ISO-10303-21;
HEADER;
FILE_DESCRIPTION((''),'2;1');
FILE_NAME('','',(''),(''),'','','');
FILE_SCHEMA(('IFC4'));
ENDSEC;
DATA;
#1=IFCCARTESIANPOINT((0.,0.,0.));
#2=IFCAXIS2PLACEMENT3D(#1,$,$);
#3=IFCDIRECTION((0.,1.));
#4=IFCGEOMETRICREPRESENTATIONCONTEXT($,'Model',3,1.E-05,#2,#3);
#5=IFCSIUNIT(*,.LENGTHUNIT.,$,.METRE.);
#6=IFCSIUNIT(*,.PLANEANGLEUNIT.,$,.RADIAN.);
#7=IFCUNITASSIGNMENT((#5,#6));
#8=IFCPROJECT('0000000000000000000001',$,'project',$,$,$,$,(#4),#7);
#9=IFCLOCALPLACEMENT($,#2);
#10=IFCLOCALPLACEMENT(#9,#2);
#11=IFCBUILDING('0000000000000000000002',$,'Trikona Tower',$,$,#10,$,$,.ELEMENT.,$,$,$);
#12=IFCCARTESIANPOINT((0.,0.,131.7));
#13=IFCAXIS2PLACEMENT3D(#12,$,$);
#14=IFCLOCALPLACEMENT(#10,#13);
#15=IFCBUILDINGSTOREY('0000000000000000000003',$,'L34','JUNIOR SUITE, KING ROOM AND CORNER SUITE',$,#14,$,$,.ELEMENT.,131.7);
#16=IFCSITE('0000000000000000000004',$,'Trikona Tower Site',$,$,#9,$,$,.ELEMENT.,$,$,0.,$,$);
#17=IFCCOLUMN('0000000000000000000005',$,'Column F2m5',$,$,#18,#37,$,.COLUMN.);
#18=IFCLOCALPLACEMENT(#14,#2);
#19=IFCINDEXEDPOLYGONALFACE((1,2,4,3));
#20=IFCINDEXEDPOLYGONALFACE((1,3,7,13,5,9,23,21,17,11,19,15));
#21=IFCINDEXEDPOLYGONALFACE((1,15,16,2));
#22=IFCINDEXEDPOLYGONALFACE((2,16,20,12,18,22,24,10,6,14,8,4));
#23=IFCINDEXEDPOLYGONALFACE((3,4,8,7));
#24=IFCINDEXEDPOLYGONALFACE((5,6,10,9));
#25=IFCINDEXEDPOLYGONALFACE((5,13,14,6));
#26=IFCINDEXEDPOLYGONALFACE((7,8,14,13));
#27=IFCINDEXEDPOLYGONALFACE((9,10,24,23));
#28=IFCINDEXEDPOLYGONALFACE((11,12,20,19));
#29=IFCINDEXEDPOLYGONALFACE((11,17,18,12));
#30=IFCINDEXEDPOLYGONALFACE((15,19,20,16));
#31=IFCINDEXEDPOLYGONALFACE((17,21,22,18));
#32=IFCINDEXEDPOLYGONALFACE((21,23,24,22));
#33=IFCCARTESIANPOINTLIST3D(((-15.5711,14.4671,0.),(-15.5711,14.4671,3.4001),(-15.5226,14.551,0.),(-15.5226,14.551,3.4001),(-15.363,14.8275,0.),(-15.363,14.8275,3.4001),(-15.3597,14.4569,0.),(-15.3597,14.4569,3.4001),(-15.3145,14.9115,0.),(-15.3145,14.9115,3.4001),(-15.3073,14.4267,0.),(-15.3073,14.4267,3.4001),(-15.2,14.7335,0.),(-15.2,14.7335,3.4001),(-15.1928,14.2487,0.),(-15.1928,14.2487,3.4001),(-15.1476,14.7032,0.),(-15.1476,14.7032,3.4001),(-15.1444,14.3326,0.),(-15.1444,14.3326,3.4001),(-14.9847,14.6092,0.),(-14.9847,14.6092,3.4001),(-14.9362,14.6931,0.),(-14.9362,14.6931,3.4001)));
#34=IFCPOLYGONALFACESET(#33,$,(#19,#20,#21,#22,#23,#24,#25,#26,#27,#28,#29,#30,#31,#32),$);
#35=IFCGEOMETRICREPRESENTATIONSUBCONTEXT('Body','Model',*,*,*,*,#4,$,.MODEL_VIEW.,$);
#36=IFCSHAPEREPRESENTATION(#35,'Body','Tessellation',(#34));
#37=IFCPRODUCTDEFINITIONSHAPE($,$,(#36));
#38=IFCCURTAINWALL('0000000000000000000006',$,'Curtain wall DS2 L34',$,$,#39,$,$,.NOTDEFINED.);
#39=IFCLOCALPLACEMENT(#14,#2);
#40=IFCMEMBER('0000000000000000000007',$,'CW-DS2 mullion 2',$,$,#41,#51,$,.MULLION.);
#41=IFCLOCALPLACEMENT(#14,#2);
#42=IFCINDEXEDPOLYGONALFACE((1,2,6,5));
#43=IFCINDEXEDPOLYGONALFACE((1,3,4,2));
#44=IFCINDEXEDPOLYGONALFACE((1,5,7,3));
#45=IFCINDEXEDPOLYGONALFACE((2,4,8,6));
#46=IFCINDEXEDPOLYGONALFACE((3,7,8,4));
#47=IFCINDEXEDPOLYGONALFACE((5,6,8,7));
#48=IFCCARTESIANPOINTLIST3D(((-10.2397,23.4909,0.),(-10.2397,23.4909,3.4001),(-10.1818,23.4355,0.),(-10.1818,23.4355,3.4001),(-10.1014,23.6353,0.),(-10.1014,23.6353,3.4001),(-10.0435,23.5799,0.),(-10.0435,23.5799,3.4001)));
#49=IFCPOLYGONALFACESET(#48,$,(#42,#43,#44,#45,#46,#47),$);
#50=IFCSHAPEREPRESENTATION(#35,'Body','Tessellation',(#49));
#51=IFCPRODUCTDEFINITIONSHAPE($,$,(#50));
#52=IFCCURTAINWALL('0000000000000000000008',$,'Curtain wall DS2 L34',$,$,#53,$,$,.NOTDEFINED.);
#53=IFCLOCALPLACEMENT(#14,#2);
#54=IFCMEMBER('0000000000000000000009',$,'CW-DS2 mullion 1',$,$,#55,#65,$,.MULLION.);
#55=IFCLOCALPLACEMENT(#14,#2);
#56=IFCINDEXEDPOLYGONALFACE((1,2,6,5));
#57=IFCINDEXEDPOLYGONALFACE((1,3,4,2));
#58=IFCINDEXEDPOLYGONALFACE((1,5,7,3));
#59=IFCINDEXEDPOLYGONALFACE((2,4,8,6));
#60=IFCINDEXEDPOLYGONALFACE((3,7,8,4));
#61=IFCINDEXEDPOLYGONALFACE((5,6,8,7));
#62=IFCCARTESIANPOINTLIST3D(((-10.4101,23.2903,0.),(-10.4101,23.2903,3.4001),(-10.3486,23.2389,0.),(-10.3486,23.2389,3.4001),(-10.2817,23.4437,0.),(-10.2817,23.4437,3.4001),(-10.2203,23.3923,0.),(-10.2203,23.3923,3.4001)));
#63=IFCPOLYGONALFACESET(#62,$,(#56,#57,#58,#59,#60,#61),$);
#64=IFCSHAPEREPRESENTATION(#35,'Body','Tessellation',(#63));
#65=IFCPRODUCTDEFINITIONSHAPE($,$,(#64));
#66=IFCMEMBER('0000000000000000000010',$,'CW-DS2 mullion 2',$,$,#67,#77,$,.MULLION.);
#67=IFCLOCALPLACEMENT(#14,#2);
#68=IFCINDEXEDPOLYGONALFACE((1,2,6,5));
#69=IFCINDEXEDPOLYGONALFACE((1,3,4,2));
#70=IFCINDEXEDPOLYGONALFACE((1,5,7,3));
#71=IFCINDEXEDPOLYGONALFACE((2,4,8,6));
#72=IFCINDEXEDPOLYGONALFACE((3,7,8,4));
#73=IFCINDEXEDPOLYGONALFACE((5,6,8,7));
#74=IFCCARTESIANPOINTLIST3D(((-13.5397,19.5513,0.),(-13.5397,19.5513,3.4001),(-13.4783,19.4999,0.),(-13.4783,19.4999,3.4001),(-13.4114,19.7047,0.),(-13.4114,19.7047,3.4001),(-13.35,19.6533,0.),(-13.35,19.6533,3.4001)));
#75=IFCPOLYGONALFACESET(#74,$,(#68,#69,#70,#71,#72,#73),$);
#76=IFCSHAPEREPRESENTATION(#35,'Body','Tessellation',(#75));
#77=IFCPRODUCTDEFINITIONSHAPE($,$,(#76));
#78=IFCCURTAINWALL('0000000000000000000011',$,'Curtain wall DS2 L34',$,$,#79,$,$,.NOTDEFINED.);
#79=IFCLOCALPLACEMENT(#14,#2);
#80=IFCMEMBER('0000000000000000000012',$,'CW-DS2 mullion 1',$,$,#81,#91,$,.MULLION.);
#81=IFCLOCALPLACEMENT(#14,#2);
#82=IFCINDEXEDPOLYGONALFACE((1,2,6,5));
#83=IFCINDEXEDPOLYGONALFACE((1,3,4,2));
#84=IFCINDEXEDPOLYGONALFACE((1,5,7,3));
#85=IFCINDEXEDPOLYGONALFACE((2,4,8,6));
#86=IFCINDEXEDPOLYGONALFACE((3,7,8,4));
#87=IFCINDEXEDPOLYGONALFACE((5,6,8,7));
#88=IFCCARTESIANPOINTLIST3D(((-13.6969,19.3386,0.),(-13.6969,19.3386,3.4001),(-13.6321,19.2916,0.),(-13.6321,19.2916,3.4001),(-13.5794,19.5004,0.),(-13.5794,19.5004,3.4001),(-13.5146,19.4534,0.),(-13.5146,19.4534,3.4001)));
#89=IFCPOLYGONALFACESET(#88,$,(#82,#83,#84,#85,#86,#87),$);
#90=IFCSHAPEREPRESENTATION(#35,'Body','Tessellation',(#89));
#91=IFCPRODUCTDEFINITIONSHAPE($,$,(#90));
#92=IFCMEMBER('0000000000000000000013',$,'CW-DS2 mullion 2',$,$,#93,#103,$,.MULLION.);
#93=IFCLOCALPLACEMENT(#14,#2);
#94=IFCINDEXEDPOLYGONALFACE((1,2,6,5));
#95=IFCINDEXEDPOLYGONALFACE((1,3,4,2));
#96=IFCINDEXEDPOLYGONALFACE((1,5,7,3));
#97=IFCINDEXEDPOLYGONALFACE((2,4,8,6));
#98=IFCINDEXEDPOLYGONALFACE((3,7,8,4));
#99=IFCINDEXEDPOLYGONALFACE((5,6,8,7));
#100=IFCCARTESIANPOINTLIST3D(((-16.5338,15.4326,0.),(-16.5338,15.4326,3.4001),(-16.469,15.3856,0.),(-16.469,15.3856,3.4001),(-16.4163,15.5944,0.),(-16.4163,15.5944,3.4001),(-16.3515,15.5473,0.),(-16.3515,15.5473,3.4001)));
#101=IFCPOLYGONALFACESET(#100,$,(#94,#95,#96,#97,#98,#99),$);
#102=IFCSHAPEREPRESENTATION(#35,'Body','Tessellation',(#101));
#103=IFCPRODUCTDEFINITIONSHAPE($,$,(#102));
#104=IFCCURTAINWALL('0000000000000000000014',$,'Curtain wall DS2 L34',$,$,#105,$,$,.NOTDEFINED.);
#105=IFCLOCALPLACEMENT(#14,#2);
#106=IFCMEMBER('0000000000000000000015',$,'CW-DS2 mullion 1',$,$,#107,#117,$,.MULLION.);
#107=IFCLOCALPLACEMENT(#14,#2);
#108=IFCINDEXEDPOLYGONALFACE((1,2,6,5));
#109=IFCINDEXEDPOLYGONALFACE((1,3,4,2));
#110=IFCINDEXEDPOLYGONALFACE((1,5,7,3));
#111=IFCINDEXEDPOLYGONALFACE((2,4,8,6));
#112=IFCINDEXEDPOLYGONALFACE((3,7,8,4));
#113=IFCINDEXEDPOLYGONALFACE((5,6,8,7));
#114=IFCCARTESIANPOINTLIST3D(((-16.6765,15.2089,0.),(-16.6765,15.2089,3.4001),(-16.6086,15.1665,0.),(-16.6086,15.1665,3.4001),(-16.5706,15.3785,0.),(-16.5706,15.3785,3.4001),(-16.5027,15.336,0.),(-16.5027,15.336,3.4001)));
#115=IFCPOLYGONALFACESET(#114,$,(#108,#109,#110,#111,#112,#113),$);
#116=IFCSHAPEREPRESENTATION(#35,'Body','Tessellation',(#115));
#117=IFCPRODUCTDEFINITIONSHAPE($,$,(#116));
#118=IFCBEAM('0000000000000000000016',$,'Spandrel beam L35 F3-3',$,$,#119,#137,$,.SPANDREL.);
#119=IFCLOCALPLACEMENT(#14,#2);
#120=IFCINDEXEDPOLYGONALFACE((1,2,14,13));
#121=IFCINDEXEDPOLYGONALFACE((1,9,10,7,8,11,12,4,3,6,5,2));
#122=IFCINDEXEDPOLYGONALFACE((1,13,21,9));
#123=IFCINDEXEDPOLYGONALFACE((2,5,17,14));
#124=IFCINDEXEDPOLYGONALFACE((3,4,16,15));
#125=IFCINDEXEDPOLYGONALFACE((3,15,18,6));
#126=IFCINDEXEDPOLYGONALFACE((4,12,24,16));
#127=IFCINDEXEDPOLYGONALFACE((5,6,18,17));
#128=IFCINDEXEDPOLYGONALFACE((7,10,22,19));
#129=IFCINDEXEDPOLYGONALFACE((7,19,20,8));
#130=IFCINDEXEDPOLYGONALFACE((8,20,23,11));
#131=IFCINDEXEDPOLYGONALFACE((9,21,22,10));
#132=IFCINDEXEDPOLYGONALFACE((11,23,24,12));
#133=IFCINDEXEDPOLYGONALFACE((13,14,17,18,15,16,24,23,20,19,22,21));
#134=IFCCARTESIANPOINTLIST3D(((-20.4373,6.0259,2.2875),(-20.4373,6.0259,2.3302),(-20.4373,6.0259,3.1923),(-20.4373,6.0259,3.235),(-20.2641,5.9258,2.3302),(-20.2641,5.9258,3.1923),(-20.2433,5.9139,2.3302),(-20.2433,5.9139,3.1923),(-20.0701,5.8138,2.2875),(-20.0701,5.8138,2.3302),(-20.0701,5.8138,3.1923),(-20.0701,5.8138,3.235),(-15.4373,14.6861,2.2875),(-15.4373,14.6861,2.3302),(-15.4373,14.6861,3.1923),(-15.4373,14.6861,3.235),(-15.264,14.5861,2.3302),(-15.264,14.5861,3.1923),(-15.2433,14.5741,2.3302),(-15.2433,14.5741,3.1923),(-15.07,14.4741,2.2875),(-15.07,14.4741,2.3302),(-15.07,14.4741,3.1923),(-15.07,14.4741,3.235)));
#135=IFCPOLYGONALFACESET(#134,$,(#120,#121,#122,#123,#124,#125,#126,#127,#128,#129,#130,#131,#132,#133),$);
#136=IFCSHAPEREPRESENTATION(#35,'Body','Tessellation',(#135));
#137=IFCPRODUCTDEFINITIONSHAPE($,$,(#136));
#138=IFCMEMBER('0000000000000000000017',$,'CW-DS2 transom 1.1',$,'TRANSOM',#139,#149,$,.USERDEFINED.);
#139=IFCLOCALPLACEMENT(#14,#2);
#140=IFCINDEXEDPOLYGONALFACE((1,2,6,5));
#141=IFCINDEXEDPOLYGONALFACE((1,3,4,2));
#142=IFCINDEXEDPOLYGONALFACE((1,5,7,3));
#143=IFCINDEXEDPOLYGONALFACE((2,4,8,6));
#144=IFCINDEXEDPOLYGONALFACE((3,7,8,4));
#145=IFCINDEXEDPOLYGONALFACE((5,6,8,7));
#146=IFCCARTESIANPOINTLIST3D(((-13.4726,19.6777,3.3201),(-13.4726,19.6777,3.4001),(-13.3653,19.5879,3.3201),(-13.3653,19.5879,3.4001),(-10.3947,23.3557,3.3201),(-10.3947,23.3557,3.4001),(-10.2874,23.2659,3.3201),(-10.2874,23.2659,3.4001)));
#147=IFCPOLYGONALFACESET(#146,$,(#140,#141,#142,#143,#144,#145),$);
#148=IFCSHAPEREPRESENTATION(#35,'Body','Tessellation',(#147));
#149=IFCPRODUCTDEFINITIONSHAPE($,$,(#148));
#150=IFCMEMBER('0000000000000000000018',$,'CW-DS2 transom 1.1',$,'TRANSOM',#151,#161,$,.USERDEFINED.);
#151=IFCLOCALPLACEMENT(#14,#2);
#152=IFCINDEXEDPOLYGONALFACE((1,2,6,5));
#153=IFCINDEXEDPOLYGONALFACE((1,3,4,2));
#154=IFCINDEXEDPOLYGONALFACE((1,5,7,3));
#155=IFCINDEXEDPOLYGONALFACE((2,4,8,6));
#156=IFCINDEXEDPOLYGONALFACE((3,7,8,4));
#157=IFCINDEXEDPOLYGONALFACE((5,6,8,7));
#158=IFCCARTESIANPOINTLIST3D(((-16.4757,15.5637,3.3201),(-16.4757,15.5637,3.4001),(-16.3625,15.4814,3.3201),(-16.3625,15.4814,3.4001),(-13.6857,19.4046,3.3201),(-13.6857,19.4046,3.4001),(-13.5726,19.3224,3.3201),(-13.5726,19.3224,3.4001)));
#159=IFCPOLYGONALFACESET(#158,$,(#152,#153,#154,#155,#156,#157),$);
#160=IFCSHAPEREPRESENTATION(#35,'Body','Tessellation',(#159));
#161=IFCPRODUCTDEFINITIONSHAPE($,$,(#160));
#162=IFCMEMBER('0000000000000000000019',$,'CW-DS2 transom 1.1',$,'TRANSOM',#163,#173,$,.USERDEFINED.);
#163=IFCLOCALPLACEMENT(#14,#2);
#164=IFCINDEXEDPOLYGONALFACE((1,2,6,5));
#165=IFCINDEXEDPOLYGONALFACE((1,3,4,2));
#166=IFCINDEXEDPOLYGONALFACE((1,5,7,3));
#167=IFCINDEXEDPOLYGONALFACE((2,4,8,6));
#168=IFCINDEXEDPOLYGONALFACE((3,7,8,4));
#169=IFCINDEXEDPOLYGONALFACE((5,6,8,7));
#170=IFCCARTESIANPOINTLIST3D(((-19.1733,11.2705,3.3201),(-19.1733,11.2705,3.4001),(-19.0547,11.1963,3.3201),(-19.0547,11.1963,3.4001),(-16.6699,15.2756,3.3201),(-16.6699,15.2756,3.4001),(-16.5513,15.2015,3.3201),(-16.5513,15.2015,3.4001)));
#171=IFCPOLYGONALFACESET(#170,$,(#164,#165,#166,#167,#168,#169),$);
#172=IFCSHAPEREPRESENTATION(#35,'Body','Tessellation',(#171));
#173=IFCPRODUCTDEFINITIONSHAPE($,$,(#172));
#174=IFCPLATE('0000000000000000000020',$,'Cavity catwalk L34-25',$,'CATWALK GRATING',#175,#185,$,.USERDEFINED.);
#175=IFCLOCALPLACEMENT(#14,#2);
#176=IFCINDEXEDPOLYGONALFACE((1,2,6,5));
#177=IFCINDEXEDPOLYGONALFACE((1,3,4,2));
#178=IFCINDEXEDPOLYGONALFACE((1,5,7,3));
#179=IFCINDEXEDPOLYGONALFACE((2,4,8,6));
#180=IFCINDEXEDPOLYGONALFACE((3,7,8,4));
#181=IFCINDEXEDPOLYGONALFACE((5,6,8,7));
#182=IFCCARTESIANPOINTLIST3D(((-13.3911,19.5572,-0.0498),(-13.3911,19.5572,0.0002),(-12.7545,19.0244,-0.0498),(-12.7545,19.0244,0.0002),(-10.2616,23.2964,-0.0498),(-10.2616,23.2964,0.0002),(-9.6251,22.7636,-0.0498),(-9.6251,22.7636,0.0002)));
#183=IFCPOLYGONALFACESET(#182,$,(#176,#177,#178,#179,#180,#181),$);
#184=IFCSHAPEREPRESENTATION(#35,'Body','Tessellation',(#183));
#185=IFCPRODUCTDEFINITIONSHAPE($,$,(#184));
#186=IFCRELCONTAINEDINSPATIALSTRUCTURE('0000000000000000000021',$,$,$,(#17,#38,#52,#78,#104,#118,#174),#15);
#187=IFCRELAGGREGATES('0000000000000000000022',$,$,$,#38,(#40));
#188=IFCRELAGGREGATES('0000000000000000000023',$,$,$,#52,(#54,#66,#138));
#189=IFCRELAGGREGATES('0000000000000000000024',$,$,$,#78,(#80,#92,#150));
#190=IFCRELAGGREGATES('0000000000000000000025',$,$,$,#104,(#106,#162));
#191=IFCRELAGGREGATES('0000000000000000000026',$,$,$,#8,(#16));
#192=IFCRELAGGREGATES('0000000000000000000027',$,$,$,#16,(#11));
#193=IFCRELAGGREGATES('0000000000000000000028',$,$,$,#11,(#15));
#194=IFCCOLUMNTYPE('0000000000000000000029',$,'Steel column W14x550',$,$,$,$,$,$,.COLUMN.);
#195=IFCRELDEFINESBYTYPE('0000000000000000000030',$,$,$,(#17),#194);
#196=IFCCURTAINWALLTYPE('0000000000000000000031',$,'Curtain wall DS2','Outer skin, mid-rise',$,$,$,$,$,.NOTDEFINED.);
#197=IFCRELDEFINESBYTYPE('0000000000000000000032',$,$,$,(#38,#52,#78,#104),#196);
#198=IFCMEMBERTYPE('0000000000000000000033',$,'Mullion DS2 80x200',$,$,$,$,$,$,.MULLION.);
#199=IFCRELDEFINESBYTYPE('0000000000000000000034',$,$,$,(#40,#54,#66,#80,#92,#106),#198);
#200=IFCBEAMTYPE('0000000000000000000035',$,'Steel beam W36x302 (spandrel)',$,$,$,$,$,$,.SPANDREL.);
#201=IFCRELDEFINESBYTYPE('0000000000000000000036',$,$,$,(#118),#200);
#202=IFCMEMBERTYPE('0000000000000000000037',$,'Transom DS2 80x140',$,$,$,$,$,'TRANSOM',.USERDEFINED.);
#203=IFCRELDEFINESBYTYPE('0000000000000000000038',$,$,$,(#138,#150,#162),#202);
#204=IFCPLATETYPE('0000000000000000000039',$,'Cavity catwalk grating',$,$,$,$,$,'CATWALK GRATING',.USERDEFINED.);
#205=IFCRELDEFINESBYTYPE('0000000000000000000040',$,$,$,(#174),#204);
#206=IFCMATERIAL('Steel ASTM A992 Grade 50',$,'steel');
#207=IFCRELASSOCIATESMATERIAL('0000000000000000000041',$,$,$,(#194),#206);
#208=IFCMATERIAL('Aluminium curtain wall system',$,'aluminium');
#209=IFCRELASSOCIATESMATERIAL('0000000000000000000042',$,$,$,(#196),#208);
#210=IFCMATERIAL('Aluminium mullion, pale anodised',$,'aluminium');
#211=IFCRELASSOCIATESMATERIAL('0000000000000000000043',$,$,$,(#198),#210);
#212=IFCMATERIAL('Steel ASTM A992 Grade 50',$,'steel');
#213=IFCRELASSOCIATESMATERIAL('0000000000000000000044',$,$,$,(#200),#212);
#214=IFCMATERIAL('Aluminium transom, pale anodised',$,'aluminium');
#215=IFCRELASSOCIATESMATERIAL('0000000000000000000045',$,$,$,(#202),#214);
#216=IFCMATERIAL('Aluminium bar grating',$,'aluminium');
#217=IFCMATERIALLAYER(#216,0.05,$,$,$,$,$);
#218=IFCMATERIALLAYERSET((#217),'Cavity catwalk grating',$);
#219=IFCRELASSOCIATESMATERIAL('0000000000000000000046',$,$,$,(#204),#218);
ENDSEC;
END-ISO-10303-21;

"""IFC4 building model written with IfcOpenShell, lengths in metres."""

from ifc_helpers import new_model, si_unit, direction, frame, origin, origin_2d, place, context, subcontext, project, spatial, rectangle, i_section, extrude, material, layer, layer_set, material_profile, profile_set, type_object, element, aggregate, save


model = new_model("IFC4")

# Units and contexts
model_context = context("Model", 3, precision=1e-05, world=origin(), true_north=direction((0.0, 1.0)))
body_context = subcontext(model_context, "Body", "Model", "MODEL_VIEW")
ifc_project = project(units=[si_unit("LENGTHUNIT", "METRE"), si_unit("PLANEANGLEUNIT", "RADIAN")], contexts=[model_context])

# Site, building, storey
site_placement = place(None, origin())
site = spatial("IfcSite", under=ifc_project, at=site_placement, Name="Trikona Tower Site", CompositionType="ELEMENT", RefElevation=0.0)
building_placement = place(site_placement, origin())
building = spatial("IfcBuilding", under=site, at=building_placement, Name="Trikona Tower", CompositionType="ELEMENT")
storey_placement = place(building_placement, frame((0.0, 0.0, 131.7)))
storey = spatial("IfcBuildingStorey", under=building, at=storey_placement, Name="L34", Description="JUNIOR SUITE, KING ROOM AND CORNER SUITE", CompositionType="ELEMENT", Elevation=131.7)

# Column
ifc_material_1 = material(Name="Steel ASTM A992 Grade 50", Category="steel")
ifc_material_profile_1 = material_profile(ifc_material_1, i_section(OverallWidth=0.4368, OverallDepth=0.5132, WebThickness=0.0605, FlangeThickness=0.0969, at=origin_2d()), Name="W14X550")
ifc_profile_set_1 = profile_set([ifc_material_profile_1], Name="Steel ASTM A992 Grade 50")
column_type = type_object("IfcColumnType", Name="Steel column W14x550", PredefinedType="COLUMN", material=ifc_profile_set_1)
column_placement = place(storey_placement, frame((-15.2537, 14.5801, 0.0), z_axis=(0.0, 0.0, 1.0), x_axis=(-0.866025, 0.5, 0.0)))
element("IfcColumn", 1, at=column_placement, inside=storey, type_object=column_type, Name="Column F2m5", PredefinedType="COLUMN", context=body_context, shape_type="SweptSolid", body=[
    extrude(i_section(OverallWidth=0.4368, OverallDepth=0.5132, WebThickness=0.0605, FlangeThickness=0.0969, at=origin_2d()), origin(), (0.0, 0.0, 1.0), 3.4001),
])

# Curtain wall, member
ifc_material_2 = material(Name="Aluminium curtain wall system", Category="aluminium")
curtain_wall_type = type_object("IfcCurtainWallType", Name="Curtain wall DS2", Description="Outer skin, mid-rise", PredefinedType="NOTDEFINED", material=ifc_material_2)
curtain_wall_1_placement = place(storey_placement, origin())
curtain_wall_1 = element("IfcCurtainWall", 2, at=curtain_wall_1_placement, inside=storey, type_object=curtain_wall_type, Name="Curtain wall DS2 L34", PredefinedType="NOTDEFINED")
ifc_material_3 = material(Name="Aluminium mullion, pale anodised", Category="aluminium")
ifc_material_profile_2 = material_profile(ifc_material_3, rectangle(XDim=0.0801, YDim=0.2, at=origin_2d()), Name="MUL-DS2")
ifc_profile_set_2 = profile_set([ifc_material_profile_2], Name="Aluminium mullion, pale anodised")
member_type_1 = type_object("IfcMemberType", Name="Mullion DS2 80x200", PredefinedType="MULLION", material=ifc_profile_set_2)
member_1_placement = place(storey_placement, frame((-10.1416, 23.5354, 0.0), z_axis=(0.0, 0.0, 1.0), x_axis=(0.722158, -0.691728, 0.0)))
member_1 = element("IfcMember", 3, at=member_1_placement, type_object=member_type_1, Name="CW-DS2 mullion 2", PredefinedType="MULLION", context=body_context, shape_type="SweptSolid", body=[
    extrude(rectangle(XDim=0.0801, YDim=0.2, at=origin_2d()), origin(), (0.0, 0.0, 1.0), 3.4001),
])
aggregate(curtain_wall_1, [member_1])

# Curtain walls, members
curtain_wall_2_placement = place(storey_placement, origin())
curtain_wall_2 = element("IfcCurtainWall", 4, at=curtain_wall_2_placement, inside=storey, type_object=curtain_wall_type, Name="Curtain wall DS2 L34", PredefinedType="NOTDEFINED")
member_2_placement = place(storey_placement, frame((-10.3152, 23.3413, 0.0), z_axis=(0.0, 0.0, 1.0), x_axis=(0.766867, -0.641806, 0.0)))
member_2 = element("IfcMember", 5, at=member_2_placement, type_object=member_type_1, Name="CW-DS2 mullion 1", PredefinedType="MULLION", context=body_context, shape_type="SweptSolid", body=[
    extrude(rectangle(XDim=0.0801, YDim=0.2, at=origin_2d()), origin(), (0.0, 0.0, 1.0), 3.4001),
])
member_3_placement = place(storey_placement, frame((-13.4448, 19.6023, 0.0), z_axis=(0.0, 0.0, 1.0), x_axis=(0.766867, -0.641806, 0.0)))
member_3 = element("IfcMember", 6, at=member_3_placement, type_object=member_type_1, Name="CW-DS2 mullion 2", PredefinedType="MULLION", context=body_context, shape_type="SweptSolid", body=[
    extrude(rectangle(XDim=0.0801, YDim=0.2, at=origin_2d()), origin(), (0.0, 0.0, 1.0), 3.4001),
])
curtain_wall_3_placement = place(storey_placement, origin())
curtain_wall_3 = element("IfcCurtainWall", 7, at=curtain_wall_3_placement, inside=storey, type_object=curtain_wall_type, Name="Curtain wall DS2 L34", PredefinedType="NOTDEFINED")
member_4_placement = place(storey_placement, frame((-13.6057, 19.396, 0.0), z_axis=(0.0, 0.0, 1.0), x_axis=(0.809086, -0.587691, 0.0)))
member_4 = element("IfcMember", 8, at=member_4_placement, type_object=member_type_1, Name="CW-DS2 mullion 1", PredefinedType="MULLION", context=body_context, shape_type="SweptSolid", body=[
    extrude(rectangle(XDim=0.0801, YDim=0.2, at=origin_2d()), origin(), (0.0, 0.0, 1.0), 3.4001),
])
member_5_placement = place(storey_placement, frame((-16.4426, 15.49, 0.0), z_axis=(0.0, 0.0, 1.0), x_axis=(0.809086, -0.587691, 0.0)))
member_5 = element("IfcMember", 9, at=member_5_placement, type_object=member_type_1, Name="CW-DS2 mullion 2", PredefinedType="MULLION", context=body_context, shape_type="SweptSolid", body=[
    extrude(rectangle(XDim=0.0801, YDim=0.2, at=origin_2d()), origin(), (0.0, 0.0, 1.0), 3.4001),
])

# Curtain wall, member
curtain_wall_4_placement = place(storey_placement, origin())
curtain_wall_4 = element("IfcCurtainWall", 10, at=curtain_wall_4_placement, inside=storey, type_object=curtain_wall_type, Name="Curtain wall DS2 L34", PredefinedType="NOTDEFINED")
member_6_placement = place(storey_placement, frame((-16.5896, 15.2725, 0.0), z_axis=(0.0, 0.0, 1.0), x_axis=(0.847998, -0.529999, 0.0)))
member_6 = element("IfcMember", 11, at=member_6_placement, type_object=member_type_1, Name="CW-DS2 mullion 1", PredefinedType="MULLION", context=body_context, shape_type="SweptSolid", body=[
    extrude(rectangle(XDim=0.0801, YDim=0.2, at=origin_2d()), origin(), (0.0, 0.0, 1.0), 3.4001),
])

# Beam
ifc_material_4 = material(Name="Steel ASTM A992 Grade 50", Category="steel")
ifc_material_profile_3 = material_profile(ifc_material_4, i_section(OverallWidth=0.4241, OverallDepth=0.9475, WebThickness=0.0239, FlangeThickness=0.0427, at=origin_2d()), Name="W36X302")
ifc_profile_set_3 = profile_set([ifc_material_profile_3], Name="Steel ASTM A992 Grade 50")
beam_type = type_object("IfcBeamType", Name="Steel beam W36x302 (spandrel)", PredefinedType="SPANDREL", material=ifc_profile_set_3)
beam_placement = place(storey_placement, frame((-15.2537, 14.5801, 2.7612), z_axis=(-0.500004, -0.866023, 0.0), x_axis=(0.866023, -0.500004, 0.0)))
element("IfcBeam", 12, at=beam_placement, inside=storey, type_object=beam_type, Name="Spandrel beam L35 F3-3", PredefinedType="SPANDREL", context=body_context, shape_type="SweptSolid", body=[
    extrude(i_section(OverallWidth=0.4241, OverallDepth=0.9475, WebThickness=0.0239, FlangeThickness=0.0427, at=origin_2d()), origin(), (0.0, 0.0, 1.0), 10.0),
])

# Members
ifc_material_5 = material(Name="Aluminium transom, pale anodised", Category="aluminium")
ifc_material_profile_4 = material_profile(ifc_material_5, rectangle(XDim=0.1399, YDim=0.0801, at=origin_2d()), Name="TRN-DS2")
ifc_profile_set_4 = profile_set([ifc_material_profile_4], Name="Aluminium transom, pale anodised")
member_type_2 = type_object("IfcMemberType", Name="Transom DS2 80x140", ElementType="TRANSOM", PredefinedType="USERDEFINED", material=ifc_profile_set_4)
member_7_placement = place(storey_placement, frame((-10.3411, 23.3108, 3.3601), z_axis=(-0.64177, -0.766897, 0.0), x_axis=(0.766897, -0.64177, 0.0)))
member_7 = element("IfcMember", 13, at=member_7_placement, type_object=member_type_2, Name="CW-DS2 transom 1.1", ObjectType="TRANSOM", PredefinedType="USERDEFINED", context=body_context, shape_type="SweptSolid", body=[
    extrude(rectangle(XDim=0.1399, YDim=0.0801, at=origin_2d()), origin(), (0.0, 0.0, 1.0), 4.7959),
])
member_8_placement = place(storey_placement, frame((-13.6292, 19.3635, 3.3601), z_axis=(-0.587695, -0.809083, 0.0), x_axis=(0.809083, -0.587695, 0.0)))
member_8 = element("IfcMember", 14, at=member_8_placement, type_object=member_type_2, Name="CW-DS2 transom 1.1", ObjectType="TRANSOM", PredefinedType="USERDEFINED", context=body_context, shape_type="SweptSolid", body=[
    extrude(rectangle(XDim=0.1399, YDim=0.0801, at=origin_2d()), origin(), (0.0, 0.0, 1.0), 4.7473),
])
member_9_placement = place(storey_placement, frame((-16.6106, 15.2385, 3.3601), z_axis=(-0.530031, -0.847978, 0.0), x_axis=(0.847978, -0.530031, 0.0)))
member_9 = element("IfcMember", 15, at=member_9_placement, type_object=member_type_2, Name="CW-DS2 transom 1.1", ObjectType="TRANSOM", PredefinedType="USERDEFINED", context=body_context, shape_type="SweptSolid", body=[
    extrude(rectangle(XDim=0.1399, YDim=0.0801, at=origin_2d()), origin(), (0.0, 0.0, 1.0), 4.7231),
])

# Plate
ifc_material_6 = material(Name="Aluminium bar grating", Category="aluminium")
ifc_layer_1 = layer(ifc_material_6, 0.05)
ifc_layer_set_1 = layer_set([ifc_layer_1], Name="Cavity catwalk grating")
plate_type_1 = type_object("IfcPlateType", Name="Cavity catwalk grating", ElementType="CATWALK GRATING", PredefinedType="USERDEFINED", material=ifc_layer_set_1)
plate_1_placement = place(storey_placement, frame((-11.5081, 21.1604, -0.0498), z_axis=(0.0, 0.0, 1.0), x_axis=(-0.641807, -0.766866, 0.0)))
element("IfcPlate", 16, at=plate_1_placement, inside=storey, type_object=plate_type_1, Name="Cavity catwalk L34-25", ObjectType="CATWALK GRATING", PredefinedType="USERDEFINED", context=body_context, shape_type="SweptSolid", body=[
    extrude(rectangle(XDim=4.876, YDim=0.8301, at=origin_2d()), origin(), (0.0, 0.0, 1.0), 0.05),
])

aggregate(curtain_wall_2, [member_2, member_3, member_7])
aggregate(curtain_wall_3, [member_4, member_5, member_8])
aggregate(curtain_wall_4, [member_6, member_9])

save(model, "model.ifc")
